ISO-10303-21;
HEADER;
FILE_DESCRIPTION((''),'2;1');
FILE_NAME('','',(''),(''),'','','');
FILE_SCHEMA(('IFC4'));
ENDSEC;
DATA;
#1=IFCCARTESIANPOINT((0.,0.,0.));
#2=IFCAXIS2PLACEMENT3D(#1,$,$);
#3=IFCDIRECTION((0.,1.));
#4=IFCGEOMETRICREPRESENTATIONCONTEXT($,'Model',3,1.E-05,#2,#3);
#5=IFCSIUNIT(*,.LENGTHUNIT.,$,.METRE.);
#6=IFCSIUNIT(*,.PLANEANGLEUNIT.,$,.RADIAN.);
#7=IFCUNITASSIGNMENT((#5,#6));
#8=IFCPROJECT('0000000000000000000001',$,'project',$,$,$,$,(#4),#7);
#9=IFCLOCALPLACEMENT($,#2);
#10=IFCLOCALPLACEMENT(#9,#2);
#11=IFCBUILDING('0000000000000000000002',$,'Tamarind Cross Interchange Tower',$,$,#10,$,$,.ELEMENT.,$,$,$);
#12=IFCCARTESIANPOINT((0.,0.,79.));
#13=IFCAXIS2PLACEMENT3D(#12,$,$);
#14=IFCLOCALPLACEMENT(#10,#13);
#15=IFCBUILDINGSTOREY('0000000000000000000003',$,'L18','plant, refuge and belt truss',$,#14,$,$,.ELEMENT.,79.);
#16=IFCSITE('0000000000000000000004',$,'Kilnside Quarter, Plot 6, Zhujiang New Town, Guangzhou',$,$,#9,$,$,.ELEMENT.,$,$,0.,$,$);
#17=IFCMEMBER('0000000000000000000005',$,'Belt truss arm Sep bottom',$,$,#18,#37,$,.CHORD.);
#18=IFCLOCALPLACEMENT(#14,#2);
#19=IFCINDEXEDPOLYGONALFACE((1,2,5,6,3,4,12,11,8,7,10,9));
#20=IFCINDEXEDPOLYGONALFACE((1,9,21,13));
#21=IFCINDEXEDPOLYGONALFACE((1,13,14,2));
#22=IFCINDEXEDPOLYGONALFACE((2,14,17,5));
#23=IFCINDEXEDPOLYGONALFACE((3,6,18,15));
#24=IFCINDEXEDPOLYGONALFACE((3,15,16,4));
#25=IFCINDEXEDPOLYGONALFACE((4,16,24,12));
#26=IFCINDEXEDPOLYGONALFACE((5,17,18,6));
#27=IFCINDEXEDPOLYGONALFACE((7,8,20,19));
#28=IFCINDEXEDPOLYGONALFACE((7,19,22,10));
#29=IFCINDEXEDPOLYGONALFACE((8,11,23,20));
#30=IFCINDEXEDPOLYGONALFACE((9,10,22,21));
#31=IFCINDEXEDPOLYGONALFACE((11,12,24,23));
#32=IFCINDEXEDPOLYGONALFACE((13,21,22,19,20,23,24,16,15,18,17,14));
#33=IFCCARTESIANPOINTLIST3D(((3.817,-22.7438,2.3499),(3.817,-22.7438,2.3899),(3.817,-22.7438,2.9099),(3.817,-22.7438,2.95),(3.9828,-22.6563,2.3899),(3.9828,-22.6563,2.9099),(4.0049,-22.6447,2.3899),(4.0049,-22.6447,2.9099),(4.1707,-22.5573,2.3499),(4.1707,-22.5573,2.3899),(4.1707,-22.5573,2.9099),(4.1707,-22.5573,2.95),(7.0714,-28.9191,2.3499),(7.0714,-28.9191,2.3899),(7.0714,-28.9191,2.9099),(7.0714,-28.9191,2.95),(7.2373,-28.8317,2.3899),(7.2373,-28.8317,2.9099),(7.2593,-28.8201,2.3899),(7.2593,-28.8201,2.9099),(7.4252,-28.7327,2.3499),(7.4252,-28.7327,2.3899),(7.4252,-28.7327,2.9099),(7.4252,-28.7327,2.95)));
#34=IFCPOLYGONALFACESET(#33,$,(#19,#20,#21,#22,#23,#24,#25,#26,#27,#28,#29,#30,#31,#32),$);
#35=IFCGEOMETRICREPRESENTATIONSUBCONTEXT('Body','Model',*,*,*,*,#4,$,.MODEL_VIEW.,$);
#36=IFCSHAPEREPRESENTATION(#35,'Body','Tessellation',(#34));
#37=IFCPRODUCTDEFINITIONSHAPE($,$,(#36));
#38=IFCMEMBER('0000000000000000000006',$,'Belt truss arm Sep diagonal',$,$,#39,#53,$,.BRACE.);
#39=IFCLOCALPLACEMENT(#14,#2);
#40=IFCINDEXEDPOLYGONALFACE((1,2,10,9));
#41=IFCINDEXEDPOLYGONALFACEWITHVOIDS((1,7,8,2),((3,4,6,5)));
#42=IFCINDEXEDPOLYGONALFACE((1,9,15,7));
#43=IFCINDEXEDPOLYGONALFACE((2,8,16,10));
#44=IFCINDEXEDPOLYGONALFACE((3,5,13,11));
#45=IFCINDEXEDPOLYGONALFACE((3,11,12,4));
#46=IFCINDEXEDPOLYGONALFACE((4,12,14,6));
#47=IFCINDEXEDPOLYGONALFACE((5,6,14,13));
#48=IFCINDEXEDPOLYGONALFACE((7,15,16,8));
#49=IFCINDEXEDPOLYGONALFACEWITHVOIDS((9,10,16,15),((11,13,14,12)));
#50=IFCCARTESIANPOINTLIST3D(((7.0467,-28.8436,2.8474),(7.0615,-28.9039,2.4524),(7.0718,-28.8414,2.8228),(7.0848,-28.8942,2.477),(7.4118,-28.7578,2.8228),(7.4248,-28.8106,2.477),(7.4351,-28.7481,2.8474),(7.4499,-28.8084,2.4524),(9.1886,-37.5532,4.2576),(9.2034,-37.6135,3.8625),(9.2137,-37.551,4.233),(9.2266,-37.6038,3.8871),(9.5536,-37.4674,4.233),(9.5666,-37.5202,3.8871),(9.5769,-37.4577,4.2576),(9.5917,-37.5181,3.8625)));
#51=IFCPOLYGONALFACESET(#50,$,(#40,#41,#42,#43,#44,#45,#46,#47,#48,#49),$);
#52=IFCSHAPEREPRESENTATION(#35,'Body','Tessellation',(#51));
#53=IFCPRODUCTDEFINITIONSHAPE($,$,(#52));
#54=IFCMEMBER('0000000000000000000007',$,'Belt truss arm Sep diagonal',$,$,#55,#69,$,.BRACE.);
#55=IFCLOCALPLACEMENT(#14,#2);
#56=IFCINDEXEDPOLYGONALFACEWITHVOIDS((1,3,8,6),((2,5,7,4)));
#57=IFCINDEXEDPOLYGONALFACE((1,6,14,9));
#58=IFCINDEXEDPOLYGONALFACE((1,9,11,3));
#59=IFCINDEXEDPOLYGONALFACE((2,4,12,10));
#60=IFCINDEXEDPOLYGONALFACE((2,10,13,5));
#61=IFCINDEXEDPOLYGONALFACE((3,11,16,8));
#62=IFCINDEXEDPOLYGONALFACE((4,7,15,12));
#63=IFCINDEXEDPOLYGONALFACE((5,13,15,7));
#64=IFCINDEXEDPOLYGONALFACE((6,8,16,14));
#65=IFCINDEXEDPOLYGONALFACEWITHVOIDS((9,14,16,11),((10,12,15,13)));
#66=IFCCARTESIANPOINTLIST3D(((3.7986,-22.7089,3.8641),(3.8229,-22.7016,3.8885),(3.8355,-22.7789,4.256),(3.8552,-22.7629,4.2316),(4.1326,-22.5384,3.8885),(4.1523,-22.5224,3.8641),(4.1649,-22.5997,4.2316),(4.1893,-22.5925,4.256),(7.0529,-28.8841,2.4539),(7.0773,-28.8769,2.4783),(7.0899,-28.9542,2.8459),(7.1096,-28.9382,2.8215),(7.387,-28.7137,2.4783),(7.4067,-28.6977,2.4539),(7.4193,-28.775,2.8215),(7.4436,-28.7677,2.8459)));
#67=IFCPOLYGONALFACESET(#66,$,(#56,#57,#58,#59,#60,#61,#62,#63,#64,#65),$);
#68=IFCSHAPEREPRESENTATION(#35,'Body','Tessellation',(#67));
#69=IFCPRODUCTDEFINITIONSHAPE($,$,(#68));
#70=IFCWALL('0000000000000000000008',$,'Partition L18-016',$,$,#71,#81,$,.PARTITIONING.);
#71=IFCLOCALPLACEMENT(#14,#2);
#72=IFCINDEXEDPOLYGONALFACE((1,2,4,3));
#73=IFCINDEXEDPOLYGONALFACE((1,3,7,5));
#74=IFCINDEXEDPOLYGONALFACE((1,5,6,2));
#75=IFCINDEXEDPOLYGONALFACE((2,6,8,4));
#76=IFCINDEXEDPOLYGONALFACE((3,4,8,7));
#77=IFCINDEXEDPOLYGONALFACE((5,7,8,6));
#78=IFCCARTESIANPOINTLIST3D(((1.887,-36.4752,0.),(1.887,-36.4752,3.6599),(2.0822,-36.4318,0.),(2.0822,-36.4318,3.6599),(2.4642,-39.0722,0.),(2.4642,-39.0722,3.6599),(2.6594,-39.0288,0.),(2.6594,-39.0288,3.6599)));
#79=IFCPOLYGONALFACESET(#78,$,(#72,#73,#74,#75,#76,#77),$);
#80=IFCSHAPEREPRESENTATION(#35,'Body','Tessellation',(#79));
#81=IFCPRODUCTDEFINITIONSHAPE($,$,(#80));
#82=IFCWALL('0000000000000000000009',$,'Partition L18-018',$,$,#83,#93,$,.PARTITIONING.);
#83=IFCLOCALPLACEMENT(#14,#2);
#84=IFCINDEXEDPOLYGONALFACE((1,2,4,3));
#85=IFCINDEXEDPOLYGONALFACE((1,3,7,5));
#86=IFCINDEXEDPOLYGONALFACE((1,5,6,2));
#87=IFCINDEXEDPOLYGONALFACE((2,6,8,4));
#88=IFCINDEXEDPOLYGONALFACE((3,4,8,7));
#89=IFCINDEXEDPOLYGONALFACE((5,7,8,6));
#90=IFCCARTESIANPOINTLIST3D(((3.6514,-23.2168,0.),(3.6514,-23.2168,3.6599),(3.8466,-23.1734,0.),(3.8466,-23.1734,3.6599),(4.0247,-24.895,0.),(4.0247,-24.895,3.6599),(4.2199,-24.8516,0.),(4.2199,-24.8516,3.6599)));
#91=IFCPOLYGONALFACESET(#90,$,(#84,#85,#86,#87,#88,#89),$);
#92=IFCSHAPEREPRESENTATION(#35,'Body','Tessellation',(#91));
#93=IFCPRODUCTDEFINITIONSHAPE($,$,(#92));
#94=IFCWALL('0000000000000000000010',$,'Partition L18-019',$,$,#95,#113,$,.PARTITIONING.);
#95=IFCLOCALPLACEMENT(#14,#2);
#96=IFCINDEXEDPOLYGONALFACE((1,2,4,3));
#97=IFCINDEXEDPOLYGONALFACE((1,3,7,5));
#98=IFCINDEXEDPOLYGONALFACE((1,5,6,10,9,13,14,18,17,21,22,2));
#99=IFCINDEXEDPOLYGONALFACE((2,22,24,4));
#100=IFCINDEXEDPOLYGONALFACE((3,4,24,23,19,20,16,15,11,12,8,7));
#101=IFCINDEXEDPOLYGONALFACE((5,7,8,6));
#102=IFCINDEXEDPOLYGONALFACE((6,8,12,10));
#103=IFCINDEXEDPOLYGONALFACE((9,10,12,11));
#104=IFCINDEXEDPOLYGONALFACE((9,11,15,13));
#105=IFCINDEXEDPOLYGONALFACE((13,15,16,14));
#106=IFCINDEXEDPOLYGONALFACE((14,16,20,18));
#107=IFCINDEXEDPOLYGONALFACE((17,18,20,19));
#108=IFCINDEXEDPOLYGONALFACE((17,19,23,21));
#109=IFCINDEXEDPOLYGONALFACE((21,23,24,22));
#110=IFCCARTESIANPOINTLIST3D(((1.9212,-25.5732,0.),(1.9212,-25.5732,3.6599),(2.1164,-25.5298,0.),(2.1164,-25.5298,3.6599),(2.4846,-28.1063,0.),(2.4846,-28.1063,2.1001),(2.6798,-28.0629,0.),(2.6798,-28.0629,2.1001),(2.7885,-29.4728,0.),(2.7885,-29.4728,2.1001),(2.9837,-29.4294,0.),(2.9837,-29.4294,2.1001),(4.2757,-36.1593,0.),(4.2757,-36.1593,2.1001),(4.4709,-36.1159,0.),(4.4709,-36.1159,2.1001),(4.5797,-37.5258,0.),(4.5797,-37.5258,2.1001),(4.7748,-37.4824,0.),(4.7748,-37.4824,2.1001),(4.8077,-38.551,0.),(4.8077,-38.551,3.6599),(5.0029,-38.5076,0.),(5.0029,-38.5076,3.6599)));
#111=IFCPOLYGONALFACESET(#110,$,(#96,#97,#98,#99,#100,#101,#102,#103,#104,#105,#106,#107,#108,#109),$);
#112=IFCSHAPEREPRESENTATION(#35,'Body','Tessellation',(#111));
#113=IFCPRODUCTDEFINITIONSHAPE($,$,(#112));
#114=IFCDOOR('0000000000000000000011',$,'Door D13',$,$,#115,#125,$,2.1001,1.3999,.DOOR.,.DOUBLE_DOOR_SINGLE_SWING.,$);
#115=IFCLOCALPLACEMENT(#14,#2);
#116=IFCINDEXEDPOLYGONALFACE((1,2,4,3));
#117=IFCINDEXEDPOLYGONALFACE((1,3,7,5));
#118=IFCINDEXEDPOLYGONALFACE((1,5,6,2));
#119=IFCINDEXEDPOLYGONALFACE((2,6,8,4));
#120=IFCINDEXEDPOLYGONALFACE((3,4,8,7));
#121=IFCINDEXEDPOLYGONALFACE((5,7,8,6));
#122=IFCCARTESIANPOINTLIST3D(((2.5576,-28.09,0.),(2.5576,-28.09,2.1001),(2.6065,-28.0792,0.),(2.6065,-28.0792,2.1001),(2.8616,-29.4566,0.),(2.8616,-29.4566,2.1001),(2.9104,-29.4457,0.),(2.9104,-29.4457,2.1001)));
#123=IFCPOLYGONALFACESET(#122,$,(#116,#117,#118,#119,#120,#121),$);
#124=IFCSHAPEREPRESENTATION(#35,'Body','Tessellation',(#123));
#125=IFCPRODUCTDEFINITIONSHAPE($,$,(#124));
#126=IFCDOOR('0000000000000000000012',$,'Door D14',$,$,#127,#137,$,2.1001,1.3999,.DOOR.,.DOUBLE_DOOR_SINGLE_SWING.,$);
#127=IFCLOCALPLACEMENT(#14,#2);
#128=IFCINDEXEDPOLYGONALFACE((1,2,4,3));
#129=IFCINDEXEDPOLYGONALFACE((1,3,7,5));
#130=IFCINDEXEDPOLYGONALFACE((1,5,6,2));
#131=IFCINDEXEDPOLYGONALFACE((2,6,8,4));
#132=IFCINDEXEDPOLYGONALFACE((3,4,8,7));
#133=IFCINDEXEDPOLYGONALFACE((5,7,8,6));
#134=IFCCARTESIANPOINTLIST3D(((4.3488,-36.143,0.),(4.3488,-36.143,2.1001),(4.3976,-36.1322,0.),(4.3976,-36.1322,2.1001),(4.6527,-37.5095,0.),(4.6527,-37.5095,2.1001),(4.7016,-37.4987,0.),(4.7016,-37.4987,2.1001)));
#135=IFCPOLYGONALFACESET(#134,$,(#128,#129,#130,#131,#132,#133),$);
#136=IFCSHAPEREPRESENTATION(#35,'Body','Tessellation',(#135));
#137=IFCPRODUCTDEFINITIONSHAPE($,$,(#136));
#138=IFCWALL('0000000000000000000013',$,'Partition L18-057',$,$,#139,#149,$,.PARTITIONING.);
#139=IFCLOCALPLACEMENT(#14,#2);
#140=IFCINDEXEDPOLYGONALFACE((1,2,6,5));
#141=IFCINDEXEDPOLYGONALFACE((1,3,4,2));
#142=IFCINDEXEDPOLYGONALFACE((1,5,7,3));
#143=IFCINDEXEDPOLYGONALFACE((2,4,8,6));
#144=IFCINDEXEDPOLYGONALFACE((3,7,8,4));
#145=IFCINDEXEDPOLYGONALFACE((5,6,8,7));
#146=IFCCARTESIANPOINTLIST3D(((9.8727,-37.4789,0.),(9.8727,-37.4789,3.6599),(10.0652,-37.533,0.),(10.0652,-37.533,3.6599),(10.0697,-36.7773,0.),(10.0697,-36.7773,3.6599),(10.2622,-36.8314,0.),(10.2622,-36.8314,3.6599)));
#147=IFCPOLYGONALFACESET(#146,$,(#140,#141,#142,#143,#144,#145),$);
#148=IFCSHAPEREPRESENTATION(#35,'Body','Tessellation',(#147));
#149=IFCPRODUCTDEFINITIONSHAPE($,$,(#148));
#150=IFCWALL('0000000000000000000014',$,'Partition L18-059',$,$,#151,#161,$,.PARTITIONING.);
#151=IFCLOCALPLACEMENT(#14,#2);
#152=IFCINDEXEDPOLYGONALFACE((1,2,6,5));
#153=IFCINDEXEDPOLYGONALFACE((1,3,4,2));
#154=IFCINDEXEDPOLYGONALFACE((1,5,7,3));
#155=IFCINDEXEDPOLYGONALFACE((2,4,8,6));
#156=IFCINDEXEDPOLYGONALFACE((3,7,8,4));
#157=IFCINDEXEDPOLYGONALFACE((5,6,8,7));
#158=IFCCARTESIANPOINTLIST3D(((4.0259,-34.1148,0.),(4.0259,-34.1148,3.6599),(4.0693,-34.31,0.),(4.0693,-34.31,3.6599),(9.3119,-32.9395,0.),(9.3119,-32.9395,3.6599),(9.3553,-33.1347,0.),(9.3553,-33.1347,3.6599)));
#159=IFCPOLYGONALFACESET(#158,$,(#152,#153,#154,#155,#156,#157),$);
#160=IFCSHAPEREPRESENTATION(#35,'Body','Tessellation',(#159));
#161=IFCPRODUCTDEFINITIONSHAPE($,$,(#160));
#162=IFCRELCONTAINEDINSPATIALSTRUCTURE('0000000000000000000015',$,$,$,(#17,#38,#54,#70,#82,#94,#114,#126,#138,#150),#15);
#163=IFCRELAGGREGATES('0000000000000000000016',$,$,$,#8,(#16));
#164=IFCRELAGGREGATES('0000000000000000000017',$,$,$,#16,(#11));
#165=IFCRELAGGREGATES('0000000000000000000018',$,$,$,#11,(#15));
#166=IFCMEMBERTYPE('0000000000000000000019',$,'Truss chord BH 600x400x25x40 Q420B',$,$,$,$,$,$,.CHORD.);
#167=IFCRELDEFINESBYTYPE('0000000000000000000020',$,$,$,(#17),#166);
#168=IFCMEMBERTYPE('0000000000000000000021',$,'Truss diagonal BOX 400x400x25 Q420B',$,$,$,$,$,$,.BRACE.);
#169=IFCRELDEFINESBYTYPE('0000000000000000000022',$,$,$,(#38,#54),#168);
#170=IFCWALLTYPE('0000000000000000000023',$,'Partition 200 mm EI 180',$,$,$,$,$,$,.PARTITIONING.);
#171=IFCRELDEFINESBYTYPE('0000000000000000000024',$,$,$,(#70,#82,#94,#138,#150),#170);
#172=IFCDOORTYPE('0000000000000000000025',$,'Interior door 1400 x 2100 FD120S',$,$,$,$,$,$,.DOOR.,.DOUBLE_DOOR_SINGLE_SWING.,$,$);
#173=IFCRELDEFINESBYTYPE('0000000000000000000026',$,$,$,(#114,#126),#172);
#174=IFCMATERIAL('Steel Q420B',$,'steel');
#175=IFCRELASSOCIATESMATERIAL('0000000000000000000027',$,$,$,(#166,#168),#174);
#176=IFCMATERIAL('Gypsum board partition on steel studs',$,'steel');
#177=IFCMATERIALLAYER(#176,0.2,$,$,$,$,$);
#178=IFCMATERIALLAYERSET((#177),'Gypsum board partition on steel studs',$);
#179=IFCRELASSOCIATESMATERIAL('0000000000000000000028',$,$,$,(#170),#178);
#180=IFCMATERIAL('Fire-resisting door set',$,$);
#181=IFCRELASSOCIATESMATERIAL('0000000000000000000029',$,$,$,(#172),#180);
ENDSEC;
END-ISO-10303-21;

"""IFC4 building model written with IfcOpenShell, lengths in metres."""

from ifc_helpers import new_model, si_unit, direction, frame, frame_2d, origin, origin_2d, place, context, subcontext, project, spatial, rectangle, hollow_rectangle, i_section, extrude, material, layer, layer_set, material_profile, profile_set, type_object, element, fill, save


model = new_model("IFC4")

# Units and contexts
model_context = context("Model", 3, precision=1e-05, world=origin(), true_north=direction((0.0, 1.0)))
body_context = subcontext(model_context, "Body", "Model", "MODEL_VIEW")
ifc_project = project(units=[si_unit("LENGTHUNIT", "METRE"), si_unit("PLANEANGLEUNIT", "RADIAN")], contexts=[model_context])

# Site, building, storey
site_placement = place(None, origin())
site = spatial("IfcSite", under=ifc_project, at=site_placement, Name="Kilnside Quarter, Plot 6, Zhujiang New Town, Guangzhou", CompositionType="ELEMENT", RefElevation=0.0)
building_placement = place(site_placement, origin())
building = spatial("IfcBuilding", under=site, at=building_placement, Name="Tamarind Cross Interchange Tower", CompositionType="ELEMENT")
storey_placement = place(building_placement, frame((0.0, 0.0, 79.0)))
storey = spatial("IfcBuildingStorey", under=building, at=storey_placement, Name="L18", Description="plant, refuge and belt truss", CompositionType="ELEMENT", Elevation=79.0)

# Members
ifc_material_1 = material(Name="Steel Q420B", Category="steel")
ifc_material_profile_1 = material_profile(ifc_material_1, i_section(OverallWidth=0.3999, OverallDepth=0.6001, WebThickness=0.0249, FlangeThickness=0.04, at=origin_2d()), Name="BH 600x400x25x40")
ifc_profile_set_1 = profile_set([ifc_material_profile_1], Name="Steel Q420B")
member_type_1 = type_object("IfcMemberType", Name="Truss chord BH 600x400x25x40 Q420B", PredefinedType="CHORD", material=ifc_profile_set_1)
member_1_placement = place(storey_placement, frame((7.2483, -28.8259, 2.6499), z_axis=(-0.466222, 0.884668, 0.0), x_axis=(-0.884668, -0.466222, 0.0)))
element("IfcMember", 1, at=member_1_placement, inside=storey, type_object=member_type_1, Name="Belt truss arm Sep bottom", PredefinedType="CHORD", context=body_context, shape_type="SweptSolid", body=[
    extrude(i_section(OverallWidth=0.3999, OverallDepth=0.6001, WebThickness=0.0249, FlangeThickness=0.04, at=origin_2d()), origin(), (0.0, 0.0, 1.0), 6.9805),
])
ifc_material_profile_2 = material_profile(ifc_material_1, hollow_rectangle(XDim=0.3999, YDim=0.3999, WallThickness=0.0249, at=origin_2d()), Name="BOX 400x400x25")
ifc_profile_set_2 = profile_set([ifc_material_profile_2], Name="Steel Q420B")
member_type_2 = type_object("IfcMemberType", Name="Truss diagonal BOX 400x400x25 Q420B", PredefinedType="BRACE", material=ifc_profile_set_2)
member_2_placement = place(storey_placement, frame((9.3901, -37.5356, 4.0601), z_axis=(-0.235902, 0.959285, -0.155314), x_axis=(-0.971069, -0.2388, 0.0)))
element("IfcMember", 2, at=member_2_placement, inside=storey, type_object=member_type_2, Name="Belt truss arm Sep diagonal", PredefinedType="BRACE", context=body_context, shape_type="SweptSolid", body=[
    extrude(hollow_rectangle(XDim=0.3999, YDim=0.3999, WallThickness=0.0249, at=origin_2d()), origin(), (0.0, 0.0, 1.0), 9.0793),
])
member_3_placement = place(storey_placement, frame((7.2483, -28.8259, 2.6499), z_axis=(-0.45699, 0.86715, 0.198018), x_axis=(-0.884668, -0.466222, 0.0)))
element("IfcMember", 3, at=member_3_placement, inside=storey, type_object=member_type_2, Name="Belt truss arm Sep diagonal", PredefinedType="BRACE", context=body_context, shape_type="SweptSolid", body=[
    extrude(hollow_rectangle(XDim=0.3999, YDim=0.3999, WallThickness=0.0249, at=origin_2d()), origin(), (0.0, 0.0, 1.0), 7.1213),
])

# Walls
ifc_material_2 = material(Name="Gypsum board partition on steel studs", Category="steel")
ifc_layer_1 = layer(ifc_material_2, 0.2)
ifc_layer_set_1 = layer_set([ifc_layer_1], Name="Gypsum board partition on steel studs")
wall_type_1 = type_object("IfcWallType", Name="Partition 200 mm EI 180", PredefinedType="PARTITIONING", material=ifc_layer_set_1)
wall_1_placement = place(storey_placement, frame((1.9846, -36.4536, 0.0), z_axis=(0.0, 0.0, 1.0), x_axis=(0.21695, -0.976183, 0.0)))
element("IfcWall", 4, at=wall_1_placement, inside=storey, type_object=wall_type_1, Name="Partition L18-016", PredefinedType="PARTITIONING", context=body_context, shape_type="SweptSolid", body=[
    extrude(rectangle(XDim=2.6604, YDim=0.2, at=frame_2d((1.3301, 0.0))), origin(), (0.0, 0.0, 1.0), 3.6599),
])
wall_2_placement = place(storey_placement, frame((3.749, -23.1951, 0.0), z_axis=(0.0, 0.0, 1.0), x_axis=(0.217126, -0.976144, 0.0)))
element("IfcWall", 5, at=wall_2_placement, inside=storey, type_object=wall_type_1, Name="Partition L18-018", PredefinedType="PARTITIONING", context=body_context, shape_type="SweptSolid", body=[
    extrude(rectangle(XDim=1.7192, YDim=0.2, at=frame_2d((0.8596, 0.0))), origin(), (0.0, 0.0, 1.0), 3.6599),
])

# Wall, openings, doors
wall_3_placement = place(storey_placement, frame((2.0188, -25.5515, 0.0), z_axis=(0.0, 0.0, 1.0), x_axis=(0.217111, -0.976147, 0.0)))
wall_3 = element("IfcWall", 6, at=wall_3_placement, inside=storey, type_object=wall_type_1, Name="Partition L18-019", PredefinedType="PARTITIONING", context=body_context, shape_type="SweptSolid", body=[
    extrude(rectangle(XDim=13.2949, YDim=0.2, at=frame_2d((6.6475, 0.0))), origin(), (0.0, 0.0, 1.0), 3.6599),
])
opening_1_placement = place(wall_3_placement, frame((2.595, 0.0, 0.0)))
opening_1 = element("IfcOpeningElement", 7, at=opening_1_placement, cuts=wall_3, PredefinedType="OPENING", context=body_context, shape_type="SweptSolid", body=[
    extrude(rectangle(XDim=1.3999, YDim=2.1001, at=frame_2d((0.7, 1.05))), frame((0.0, 0.1099, 0.0), z_axis=(0.0, -1.0, 0.0), x_axis=(1.0, 0.0, 0.0)), (0.0, 0.0, 1.0), 0.22),
])
opening_2_placement = place(wall_3_placement, frame((10.8447, 0.0, 0.0)))
opening_2 = element("IfcOpeningElement", 8, at=opening_2_placement, cuts=wall_3, PredefinedType="OPENING", context=body_context, shape_type="SweptSolid", body=[
    extrude(rectangle(XDim=1.3999, YDim=2.1001, at=frame_2d((0.7, 1.05))), frame((0.0, 0.1099, 0.0), z_axis=(0.0, -1.0, 0.0), x_axis=(1.0, 0.0, 0.0)), (0.0, 0.0, 1.0), 0.22),
])
ifc_material_3 = material(Name="Fire-resisting door set")
door_type_1 = type_object("IfcDoorType", Name="Interior door 1400 x 2100 FD120S", OperationType="DOUBLE_DOOR_SINGLE_SWING", PredefinedType="DOOR", material=ifc_material_3)
door_1_placement = place(opening_1_placement, origin())
door_1 = element("IfcDoor", 9, at=door_1_placement, inside=storey, type_object=door_type_1, Name="Door D13", OperationType="DOUBLE_DOOR_SINGLE_SWING", OverallHeight=2.1001, OverallWidth=1.3999, PredefinedType="DOOR", context=body_context, shape_type="SweptSolid", body=[
    extrude(rectangle(XDim=1.3999, YDim=2.1001, at=frame_2d((0.7, 1.05))), frame((0.0, 0.0249, 0.0), z_axis=(0.0, -1.0, 0.0), x_axis=(1.0, 0.0, 0.0)), (0.0, 0.0, 1.0), 0.05),
])
fill(opening_1, door_1)
door_2_placement = place(opening_2_placement, origin())
door_2 = element("IfcDoor", 10, at=door_2_placement, inside=storey, type_object=door_type_1, Name="Door D14", OperationType="DOUBLE_DOOR_SINGLE_SWING", OverallHeight=2.1001, OverallWidth=1.3999, PredefinedType="DOOR", context=body_context, shape_type="SweptSolid", body=[
    extrude(rectangle(XDim=1.3999, YDim=2.1001, at=frame_2d((0.7, 1.05))), frame((0.0, 0.0249, 0.0), z_axis=(0.0, -1.0, 0.0), x_axis=(1.0, 0.0, 0.0)), (0.0, 0.0, 1.0), 0.05),
])
fill(opening_2, door_2)

# Walls
wall_4_placement = place(storey_placement, frame((9.969, -37.5059, 0.0), z_axis=(0.0, 0.0, 1.0), x_axis=(0.270338, 0.962765, 0.0)))
element("IfcWall", 11, at=wall_4_placement, inside=storey, type_object=wall_type_1, Name="Partition L18-057", PredefinedType="PARTITIONING", context=body_context, shape_type="SweptSolid", body=[
    extrude(rectangle(XDim=0.7288, YDim=0.2, at=frame_2d((0.3643, 0.0))), origin(), (0.0, 0.0, 1.0), 3.6599),
])
wall_5_placement = place(storey_placement, frame((4.0476, -34.2124, 0.0), z_axis=(0.0, 0.0, 1.0), x_axis=(0.976162, 0.217045, 0.0)))
element("IfcWall", 12, at=wall_5_placement, inside=storey, type_object=wall_type_1, Name="Partition L18-059", PredefinedType="PARTITIONING", context=body_context, shape_type="SweptSolid", body=[
    extrude(rectangle(XDim=5.415, YDim=0.2, at=frame_2d((2.7075, 0.0))), origin(), (0.0, 0.0, 1.0), 3.6599),
])

save(model, "model.ifc")
